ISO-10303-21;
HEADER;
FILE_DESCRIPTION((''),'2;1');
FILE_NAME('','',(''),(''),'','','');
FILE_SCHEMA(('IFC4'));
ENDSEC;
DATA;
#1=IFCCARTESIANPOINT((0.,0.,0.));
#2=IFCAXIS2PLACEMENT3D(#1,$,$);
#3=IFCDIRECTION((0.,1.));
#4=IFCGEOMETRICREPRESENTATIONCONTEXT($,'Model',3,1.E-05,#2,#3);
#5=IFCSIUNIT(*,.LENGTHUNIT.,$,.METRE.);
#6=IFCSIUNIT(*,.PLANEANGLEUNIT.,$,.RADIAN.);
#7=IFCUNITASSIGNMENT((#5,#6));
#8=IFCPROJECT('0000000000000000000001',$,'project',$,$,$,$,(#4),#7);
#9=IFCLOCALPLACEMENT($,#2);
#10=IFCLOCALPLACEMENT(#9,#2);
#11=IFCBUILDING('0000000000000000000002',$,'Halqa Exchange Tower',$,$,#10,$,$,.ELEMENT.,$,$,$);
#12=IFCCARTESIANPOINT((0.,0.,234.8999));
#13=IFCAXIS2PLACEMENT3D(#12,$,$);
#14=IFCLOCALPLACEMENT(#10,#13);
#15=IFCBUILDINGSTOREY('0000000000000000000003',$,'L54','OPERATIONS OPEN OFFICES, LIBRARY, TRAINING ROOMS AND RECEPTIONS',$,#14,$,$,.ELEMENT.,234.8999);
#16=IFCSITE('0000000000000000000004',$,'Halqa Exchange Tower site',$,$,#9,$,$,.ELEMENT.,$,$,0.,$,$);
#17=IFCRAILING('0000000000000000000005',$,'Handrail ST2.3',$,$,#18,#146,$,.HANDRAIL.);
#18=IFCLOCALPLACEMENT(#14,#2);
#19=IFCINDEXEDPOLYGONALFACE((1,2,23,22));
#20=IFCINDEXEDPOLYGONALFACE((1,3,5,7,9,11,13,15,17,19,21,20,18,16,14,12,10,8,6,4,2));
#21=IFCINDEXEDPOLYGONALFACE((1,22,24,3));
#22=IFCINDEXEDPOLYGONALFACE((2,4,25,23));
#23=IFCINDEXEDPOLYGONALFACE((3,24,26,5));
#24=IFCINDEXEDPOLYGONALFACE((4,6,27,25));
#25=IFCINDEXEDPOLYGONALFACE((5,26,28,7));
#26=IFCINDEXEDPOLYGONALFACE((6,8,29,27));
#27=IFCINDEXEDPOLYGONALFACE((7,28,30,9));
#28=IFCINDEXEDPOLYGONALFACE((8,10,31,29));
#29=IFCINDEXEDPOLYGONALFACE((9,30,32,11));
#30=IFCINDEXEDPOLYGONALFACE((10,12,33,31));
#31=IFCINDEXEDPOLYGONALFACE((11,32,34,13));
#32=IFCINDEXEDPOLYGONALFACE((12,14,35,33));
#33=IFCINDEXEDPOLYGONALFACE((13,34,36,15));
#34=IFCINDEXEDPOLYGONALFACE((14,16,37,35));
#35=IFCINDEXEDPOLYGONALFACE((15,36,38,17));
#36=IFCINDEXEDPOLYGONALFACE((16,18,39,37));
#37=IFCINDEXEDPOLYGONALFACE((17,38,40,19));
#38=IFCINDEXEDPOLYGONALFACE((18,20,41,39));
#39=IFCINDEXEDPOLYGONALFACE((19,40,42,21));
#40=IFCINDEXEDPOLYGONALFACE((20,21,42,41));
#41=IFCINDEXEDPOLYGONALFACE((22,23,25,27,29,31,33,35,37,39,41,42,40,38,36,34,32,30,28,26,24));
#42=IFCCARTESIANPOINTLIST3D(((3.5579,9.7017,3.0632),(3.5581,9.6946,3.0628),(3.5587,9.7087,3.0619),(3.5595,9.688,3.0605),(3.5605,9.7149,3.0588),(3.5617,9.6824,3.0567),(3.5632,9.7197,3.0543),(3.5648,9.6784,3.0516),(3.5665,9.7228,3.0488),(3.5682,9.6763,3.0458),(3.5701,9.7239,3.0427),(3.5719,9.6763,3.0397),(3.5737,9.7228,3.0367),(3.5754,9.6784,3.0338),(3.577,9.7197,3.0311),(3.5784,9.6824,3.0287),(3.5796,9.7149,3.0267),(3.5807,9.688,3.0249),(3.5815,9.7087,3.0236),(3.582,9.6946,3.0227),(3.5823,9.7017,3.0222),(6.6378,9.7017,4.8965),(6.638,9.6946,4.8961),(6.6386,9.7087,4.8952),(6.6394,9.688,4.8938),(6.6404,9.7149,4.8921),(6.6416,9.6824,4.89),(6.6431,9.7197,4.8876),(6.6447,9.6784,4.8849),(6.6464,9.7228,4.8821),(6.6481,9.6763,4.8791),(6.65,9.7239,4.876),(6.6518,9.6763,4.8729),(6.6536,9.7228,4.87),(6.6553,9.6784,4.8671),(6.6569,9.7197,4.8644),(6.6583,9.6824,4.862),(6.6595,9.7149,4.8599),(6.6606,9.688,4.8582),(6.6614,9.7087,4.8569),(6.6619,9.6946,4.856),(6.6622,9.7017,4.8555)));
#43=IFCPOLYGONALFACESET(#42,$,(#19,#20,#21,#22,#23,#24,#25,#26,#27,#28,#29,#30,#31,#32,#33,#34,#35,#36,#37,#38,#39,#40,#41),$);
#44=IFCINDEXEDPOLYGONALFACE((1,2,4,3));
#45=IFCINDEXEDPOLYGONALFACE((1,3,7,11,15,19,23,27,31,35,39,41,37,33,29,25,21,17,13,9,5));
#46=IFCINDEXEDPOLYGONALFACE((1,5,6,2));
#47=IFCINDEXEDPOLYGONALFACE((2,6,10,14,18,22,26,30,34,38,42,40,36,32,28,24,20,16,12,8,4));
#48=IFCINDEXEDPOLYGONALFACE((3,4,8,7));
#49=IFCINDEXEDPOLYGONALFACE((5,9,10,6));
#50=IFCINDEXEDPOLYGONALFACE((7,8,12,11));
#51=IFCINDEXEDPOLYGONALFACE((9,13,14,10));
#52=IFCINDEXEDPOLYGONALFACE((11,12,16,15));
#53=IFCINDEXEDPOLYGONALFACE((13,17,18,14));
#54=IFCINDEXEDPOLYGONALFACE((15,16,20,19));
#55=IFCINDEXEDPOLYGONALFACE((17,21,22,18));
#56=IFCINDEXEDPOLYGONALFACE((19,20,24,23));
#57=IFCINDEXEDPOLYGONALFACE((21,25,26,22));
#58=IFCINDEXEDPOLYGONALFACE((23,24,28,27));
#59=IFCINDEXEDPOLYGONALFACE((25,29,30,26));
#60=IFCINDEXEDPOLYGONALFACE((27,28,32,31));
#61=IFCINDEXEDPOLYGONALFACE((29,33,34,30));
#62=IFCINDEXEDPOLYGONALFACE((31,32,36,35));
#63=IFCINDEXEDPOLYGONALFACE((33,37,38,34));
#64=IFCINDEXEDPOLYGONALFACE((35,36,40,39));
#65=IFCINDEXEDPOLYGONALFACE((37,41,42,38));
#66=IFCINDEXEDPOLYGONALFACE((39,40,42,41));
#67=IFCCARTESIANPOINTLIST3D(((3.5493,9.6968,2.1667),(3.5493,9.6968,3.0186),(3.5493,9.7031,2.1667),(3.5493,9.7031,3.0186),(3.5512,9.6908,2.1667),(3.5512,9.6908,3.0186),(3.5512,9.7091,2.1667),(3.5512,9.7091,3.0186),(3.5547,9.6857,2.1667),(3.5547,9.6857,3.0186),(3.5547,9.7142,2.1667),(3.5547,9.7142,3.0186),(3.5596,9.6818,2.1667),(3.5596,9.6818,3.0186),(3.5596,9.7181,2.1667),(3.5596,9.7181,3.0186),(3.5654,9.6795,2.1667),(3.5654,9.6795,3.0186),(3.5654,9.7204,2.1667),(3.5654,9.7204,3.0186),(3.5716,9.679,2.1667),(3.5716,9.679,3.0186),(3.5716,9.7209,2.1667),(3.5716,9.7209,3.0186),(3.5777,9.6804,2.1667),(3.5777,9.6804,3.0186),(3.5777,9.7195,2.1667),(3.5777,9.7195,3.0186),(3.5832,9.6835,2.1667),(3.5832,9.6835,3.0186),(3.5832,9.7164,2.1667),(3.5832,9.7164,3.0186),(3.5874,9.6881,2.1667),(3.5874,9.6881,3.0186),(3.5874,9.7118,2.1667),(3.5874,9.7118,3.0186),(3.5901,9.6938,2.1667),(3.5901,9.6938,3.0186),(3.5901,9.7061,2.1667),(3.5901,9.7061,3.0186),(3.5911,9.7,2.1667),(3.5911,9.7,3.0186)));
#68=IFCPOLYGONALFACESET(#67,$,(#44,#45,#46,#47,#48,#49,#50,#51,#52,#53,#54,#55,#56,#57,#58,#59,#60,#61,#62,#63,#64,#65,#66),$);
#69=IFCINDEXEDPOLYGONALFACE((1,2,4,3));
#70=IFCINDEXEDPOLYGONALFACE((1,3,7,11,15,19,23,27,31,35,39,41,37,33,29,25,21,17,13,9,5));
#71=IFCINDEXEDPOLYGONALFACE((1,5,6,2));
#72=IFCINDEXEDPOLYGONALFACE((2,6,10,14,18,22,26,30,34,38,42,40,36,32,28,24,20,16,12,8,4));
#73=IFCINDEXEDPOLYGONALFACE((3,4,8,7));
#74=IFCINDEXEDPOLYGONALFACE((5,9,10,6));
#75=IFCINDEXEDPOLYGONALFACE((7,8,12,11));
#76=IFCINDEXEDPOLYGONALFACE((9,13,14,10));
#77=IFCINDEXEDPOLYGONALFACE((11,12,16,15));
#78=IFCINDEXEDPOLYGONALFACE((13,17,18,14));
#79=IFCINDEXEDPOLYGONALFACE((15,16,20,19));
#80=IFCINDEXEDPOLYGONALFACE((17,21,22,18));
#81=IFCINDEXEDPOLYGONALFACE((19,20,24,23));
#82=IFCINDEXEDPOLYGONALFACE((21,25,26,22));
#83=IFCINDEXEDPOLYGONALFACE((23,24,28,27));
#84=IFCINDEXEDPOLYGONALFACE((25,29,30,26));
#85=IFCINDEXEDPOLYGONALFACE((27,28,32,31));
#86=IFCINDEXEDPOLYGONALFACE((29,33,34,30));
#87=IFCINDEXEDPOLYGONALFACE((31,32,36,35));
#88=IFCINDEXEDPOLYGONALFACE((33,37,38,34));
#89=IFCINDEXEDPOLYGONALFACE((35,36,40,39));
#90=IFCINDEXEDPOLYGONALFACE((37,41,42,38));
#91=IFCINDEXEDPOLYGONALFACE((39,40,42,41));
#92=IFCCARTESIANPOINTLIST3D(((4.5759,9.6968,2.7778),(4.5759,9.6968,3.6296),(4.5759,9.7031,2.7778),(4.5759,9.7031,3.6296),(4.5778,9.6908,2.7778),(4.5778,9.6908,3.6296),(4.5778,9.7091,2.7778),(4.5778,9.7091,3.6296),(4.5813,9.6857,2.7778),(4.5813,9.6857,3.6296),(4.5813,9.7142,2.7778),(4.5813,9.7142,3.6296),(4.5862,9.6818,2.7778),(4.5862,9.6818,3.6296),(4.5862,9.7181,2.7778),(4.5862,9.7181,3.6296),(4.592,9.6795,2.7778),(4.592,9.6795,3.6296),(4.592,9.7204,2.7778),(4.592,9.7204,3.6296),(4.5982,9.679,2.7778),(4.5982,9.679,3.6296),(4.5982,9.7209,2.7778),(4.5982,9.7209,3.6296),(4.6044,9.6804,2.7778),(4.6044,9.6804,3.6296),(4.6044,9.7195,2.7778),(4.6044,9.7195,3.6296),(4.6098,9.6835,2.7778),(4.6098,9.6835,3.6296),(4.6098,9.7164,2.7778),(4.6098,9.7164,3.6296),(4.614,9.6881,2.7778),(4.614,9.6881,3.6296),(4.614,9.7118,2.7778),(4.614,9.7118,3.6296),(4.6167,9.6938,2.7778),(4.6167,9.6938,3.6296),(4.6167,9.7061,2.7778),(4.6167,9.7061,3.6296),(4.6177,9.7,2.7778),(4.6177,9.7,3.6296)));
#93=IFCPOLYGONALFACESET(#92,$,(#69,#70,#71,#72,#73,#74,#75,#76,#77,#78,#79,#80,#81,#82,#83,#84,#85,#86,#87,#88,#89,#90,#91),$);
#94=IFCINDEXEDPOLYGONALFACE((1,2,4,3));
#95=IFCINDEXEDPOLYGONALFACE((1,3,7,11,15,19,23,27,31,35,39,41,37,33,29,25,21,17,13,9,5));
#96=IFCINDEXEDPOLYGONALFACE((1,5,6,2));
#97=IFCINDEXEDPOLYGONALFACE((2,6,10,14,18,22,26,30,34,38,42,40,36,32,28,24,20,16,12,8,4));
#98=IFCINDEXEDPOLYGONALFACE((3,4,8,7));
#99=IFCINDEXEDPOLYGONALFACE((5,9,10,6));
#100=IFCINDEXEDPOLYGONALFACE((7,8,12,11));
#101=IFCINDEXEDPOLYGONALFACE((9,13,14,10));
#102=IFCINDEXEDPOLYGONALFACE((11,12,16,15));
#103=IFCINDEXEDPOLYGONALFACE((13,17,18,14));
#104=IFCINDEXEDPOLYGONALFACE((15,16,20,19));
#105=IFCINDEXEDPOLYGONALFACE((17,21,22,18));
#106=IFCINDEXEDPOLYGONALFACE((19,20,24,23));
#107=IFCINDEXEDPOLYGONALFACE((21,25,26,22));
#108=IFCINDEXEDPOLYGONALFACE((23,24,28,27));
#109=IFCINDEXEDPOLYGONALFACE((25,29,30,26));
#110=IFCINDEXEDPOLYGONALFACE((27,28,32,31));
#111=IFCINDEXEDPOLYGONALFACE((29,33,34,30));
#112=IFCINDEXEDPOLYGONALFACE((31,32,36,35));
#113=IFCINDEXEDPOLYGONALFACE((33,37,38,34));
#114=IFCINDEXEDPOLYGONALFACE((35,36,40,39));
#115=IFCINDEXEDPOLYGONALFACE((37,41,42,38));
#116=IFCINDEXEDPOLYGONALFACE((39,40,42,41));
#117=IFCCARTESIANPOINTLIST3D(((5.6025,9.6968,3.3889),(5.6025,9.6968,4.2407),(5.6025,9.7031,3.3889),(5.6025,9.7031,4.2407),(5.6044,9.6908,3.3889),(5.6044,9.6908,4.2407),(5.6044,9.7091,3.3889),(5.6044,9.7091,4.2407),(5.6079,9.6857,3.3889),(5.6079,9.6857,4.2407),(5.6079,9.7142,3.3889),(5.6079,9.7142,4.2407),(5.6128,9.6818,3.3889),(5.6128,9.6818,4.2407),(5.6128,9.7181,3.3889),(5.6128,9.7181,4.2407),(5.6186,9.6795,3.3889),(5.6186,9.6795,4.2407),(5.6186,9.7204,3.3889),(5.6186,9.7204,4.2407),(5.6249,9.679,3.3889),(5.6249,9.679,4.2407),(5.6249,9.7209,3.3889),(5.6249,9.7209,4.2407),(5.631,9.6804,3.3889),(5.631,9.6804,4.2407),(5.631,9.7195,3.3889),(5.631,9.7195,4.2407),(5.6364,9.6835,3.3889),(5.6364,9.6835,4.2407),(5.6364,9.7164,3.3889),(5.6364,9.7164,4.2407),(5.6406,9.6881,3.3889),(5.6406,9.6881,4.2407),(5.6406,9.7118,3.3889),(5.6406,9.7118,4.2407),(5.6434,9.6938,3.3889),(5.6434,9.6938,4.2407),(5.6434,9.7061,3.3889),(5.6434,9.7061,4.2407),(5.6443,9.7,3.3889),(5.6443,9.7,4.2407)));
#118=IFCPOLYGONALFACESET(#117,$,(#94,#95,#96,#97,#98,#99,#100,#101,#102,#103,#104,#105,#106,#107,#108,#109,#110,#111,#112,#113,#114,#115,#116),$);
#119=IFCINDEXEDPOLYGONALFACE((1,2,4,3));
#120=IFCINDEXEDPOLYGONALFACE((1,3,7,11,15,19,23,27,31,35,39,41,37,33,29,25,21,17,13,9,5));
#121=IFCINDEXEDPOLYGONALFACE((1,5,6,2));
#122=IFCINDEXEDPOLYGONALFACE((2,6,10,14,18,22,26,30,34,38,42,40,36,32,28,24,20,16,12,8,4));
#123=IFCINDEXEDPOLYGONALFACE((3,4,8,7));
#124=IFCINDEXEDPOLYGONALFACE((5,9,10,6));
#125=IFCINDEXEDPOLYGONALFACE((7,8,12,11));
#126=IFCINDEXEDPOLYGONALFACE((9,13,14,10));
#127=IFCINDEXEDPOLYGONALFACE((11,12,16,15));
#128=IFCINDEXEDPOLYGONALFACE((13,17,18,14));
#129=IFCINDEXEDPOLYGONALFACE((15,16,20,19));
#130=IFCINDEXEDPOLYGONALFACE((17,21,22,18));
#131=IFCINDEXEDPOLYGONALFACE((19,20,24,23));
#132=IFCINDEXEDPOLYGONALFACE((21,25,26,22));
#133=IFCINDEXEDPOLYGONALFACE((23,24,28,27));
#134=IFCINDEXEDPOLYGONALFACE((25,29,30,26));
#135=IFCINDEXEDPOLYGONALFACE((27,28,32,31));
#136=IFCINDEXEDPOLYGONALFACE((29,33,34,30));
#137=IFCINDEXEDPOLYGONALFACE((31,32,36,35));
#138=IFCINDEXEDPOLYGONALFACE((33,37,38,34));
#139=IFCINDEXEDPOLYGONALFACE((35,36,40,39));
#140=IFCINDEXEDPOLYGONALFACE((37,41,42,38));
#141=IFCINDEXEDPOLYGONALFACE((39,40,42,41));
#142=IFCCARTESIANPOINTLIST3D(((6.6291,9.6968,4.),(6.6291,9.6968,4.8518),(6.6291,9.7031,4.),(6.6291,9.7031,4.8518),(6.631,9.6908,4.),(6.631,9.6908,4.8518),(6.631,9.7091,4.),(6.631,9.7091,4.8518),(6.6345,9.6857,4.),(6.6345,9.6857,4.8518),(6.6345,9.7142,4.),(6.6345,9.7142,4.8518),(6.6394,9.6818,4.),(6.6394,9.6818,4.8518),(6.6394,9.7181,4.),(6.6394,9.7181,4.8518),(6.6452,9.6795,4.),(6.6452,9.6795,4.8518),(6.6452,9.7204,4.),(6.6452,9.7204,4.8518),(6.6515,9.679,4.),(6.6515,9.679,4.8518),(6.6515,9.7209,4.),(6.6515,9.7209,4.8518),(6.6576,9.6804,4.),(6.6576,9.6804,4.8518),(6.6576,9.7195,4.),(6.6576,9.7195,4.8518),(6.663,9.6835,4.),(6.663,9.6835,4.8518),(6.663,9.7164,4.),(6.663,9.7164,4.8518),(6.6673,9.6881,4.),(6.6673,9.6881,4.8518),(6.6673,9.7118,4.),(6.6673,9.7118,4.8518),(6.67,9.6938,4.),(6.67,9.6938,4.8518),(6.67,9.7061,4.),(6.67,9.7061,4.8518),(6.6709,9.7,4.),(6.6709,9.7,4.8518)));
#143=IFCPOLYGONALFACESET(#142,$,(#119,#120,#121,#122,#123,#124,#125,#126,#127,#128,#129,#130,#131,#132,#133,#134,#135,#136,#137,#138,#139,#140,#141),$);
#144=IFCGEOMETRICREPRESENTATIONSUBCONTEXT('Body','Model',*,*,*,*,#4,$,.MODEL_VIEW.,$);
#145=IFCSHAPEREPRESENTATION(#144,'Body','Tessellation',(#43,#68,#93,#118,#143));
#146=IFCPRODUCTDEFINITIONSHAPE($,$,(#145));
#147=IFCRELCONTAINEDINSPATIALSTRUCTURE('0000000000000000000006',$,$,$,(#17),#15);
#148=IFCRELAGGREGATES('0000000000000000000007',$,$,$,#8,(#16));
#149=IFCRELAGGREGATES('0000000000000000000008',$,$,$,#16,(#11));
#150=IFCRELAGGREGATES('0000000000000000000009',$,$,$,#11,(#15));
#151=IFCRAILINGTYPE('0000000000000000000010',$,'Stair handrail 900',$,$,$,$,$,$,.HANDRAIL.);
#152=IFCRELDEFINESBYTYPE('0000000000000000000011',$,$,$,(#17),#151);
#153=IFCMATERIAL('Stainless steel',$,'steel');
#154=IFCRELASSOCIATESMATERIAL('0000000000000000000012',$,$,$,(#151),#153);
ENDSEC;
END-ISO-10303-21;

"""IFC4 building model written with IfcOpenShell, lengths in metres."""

from ifc_helpers import new_model, si_unit, direction, frame, origin, origin_2d, place, context, subcontext, project, spatial, circle, extrude, material, type_object, element, save


model = new_model("IFC4")

# Units and contexts
model_context = context("Model", 3, precision=1e-05, world=origin(), true_north=direction((0.0, 1.0)))
body_context = subcontext(model_context, "Body", "Model", "MODEL_VIEW")
ifc_project = project(units=[si_unit("LENGTHUNIT", "METRE"), si_unit("PLANEANGLEUNIT", "RADIAN")], contexts=[model_context])

# Site, building, storey
site_placement = place(None, origin())
site = spatial("IfcSite", under=ifc_project, at=site_placement, Name="Halqa Exchange Tower site", CompositionType="ELEMENT", RefElevation=0.0)
building_placement = place(site_placement, origin())
building = spatial("IfcBuilding", under=site, at=building_placement, Name="Halqa Exchange Tower", CompositionType="ELEMENT")
storey_placement = place(building_placement, frame((0.0, 0.0, 234.8999)))
storey = spatial("IfcBuildingStorey", under=building, at=storey_placement, Name="L54", Description="OPERATIONS OPEN OFFICES, LIBRARY, TRAINING ROOMS AND RECEPTIONS", CompositionType="ELEMENT", Elevation=234.8999)

# Railing
ifc_material_1 = material(Name="Stainless steel", Category="steel")
railing_type_1 = type_object("IfcRailingType", Name="Stair handrail 900", PredefinedType="HANDRAIL", material=ifc_material_1)
railing_1_placement = place(storey_placement, frame((3.5701, 9.7, 2.1667)))
element("IfcRailing", 1, at=railing_1_placement, inside=storey, type_object=railing_type_1, Name="Handrail ST2.3", PredefinedType="HANDRAIL", context=body_context, shape_type="SweptSolid", body=[
    extrude(circle(Radius=0.0239, at=origin_2d()), frame((0.0, 0.0, 0.876), z_axis=(0.859291, 0.0, 0.511487), x_axis=(0.0, 1.0, 0.0)), (0.0, 0.0, 1.0), 3.5842),
    extrude(circle(Radius=0.021, at=origin_2d()), origin(), (0.0, 0.0, 1.0), 0.8518),
    extrude(circle(Radius=0.021, at=origin_2d()), frame((1.0266, 0.0, 0.6111)), (0.0, 0.0, 1.0), 0.8518),
    extrude(circle(Radius=0.021, at=origin_2d()), frame((2.0532, 0.0, 1.2222)), (0.0, 0.0, 1.0), 0.8518),
    extrude(circle(Radius=0.021, at=origin_2d()), frame((3.0798, 0.0, 1.8333)), (0.0, 0.0, 1.0), 0.8518),
])

save(model, "model.ifc")
